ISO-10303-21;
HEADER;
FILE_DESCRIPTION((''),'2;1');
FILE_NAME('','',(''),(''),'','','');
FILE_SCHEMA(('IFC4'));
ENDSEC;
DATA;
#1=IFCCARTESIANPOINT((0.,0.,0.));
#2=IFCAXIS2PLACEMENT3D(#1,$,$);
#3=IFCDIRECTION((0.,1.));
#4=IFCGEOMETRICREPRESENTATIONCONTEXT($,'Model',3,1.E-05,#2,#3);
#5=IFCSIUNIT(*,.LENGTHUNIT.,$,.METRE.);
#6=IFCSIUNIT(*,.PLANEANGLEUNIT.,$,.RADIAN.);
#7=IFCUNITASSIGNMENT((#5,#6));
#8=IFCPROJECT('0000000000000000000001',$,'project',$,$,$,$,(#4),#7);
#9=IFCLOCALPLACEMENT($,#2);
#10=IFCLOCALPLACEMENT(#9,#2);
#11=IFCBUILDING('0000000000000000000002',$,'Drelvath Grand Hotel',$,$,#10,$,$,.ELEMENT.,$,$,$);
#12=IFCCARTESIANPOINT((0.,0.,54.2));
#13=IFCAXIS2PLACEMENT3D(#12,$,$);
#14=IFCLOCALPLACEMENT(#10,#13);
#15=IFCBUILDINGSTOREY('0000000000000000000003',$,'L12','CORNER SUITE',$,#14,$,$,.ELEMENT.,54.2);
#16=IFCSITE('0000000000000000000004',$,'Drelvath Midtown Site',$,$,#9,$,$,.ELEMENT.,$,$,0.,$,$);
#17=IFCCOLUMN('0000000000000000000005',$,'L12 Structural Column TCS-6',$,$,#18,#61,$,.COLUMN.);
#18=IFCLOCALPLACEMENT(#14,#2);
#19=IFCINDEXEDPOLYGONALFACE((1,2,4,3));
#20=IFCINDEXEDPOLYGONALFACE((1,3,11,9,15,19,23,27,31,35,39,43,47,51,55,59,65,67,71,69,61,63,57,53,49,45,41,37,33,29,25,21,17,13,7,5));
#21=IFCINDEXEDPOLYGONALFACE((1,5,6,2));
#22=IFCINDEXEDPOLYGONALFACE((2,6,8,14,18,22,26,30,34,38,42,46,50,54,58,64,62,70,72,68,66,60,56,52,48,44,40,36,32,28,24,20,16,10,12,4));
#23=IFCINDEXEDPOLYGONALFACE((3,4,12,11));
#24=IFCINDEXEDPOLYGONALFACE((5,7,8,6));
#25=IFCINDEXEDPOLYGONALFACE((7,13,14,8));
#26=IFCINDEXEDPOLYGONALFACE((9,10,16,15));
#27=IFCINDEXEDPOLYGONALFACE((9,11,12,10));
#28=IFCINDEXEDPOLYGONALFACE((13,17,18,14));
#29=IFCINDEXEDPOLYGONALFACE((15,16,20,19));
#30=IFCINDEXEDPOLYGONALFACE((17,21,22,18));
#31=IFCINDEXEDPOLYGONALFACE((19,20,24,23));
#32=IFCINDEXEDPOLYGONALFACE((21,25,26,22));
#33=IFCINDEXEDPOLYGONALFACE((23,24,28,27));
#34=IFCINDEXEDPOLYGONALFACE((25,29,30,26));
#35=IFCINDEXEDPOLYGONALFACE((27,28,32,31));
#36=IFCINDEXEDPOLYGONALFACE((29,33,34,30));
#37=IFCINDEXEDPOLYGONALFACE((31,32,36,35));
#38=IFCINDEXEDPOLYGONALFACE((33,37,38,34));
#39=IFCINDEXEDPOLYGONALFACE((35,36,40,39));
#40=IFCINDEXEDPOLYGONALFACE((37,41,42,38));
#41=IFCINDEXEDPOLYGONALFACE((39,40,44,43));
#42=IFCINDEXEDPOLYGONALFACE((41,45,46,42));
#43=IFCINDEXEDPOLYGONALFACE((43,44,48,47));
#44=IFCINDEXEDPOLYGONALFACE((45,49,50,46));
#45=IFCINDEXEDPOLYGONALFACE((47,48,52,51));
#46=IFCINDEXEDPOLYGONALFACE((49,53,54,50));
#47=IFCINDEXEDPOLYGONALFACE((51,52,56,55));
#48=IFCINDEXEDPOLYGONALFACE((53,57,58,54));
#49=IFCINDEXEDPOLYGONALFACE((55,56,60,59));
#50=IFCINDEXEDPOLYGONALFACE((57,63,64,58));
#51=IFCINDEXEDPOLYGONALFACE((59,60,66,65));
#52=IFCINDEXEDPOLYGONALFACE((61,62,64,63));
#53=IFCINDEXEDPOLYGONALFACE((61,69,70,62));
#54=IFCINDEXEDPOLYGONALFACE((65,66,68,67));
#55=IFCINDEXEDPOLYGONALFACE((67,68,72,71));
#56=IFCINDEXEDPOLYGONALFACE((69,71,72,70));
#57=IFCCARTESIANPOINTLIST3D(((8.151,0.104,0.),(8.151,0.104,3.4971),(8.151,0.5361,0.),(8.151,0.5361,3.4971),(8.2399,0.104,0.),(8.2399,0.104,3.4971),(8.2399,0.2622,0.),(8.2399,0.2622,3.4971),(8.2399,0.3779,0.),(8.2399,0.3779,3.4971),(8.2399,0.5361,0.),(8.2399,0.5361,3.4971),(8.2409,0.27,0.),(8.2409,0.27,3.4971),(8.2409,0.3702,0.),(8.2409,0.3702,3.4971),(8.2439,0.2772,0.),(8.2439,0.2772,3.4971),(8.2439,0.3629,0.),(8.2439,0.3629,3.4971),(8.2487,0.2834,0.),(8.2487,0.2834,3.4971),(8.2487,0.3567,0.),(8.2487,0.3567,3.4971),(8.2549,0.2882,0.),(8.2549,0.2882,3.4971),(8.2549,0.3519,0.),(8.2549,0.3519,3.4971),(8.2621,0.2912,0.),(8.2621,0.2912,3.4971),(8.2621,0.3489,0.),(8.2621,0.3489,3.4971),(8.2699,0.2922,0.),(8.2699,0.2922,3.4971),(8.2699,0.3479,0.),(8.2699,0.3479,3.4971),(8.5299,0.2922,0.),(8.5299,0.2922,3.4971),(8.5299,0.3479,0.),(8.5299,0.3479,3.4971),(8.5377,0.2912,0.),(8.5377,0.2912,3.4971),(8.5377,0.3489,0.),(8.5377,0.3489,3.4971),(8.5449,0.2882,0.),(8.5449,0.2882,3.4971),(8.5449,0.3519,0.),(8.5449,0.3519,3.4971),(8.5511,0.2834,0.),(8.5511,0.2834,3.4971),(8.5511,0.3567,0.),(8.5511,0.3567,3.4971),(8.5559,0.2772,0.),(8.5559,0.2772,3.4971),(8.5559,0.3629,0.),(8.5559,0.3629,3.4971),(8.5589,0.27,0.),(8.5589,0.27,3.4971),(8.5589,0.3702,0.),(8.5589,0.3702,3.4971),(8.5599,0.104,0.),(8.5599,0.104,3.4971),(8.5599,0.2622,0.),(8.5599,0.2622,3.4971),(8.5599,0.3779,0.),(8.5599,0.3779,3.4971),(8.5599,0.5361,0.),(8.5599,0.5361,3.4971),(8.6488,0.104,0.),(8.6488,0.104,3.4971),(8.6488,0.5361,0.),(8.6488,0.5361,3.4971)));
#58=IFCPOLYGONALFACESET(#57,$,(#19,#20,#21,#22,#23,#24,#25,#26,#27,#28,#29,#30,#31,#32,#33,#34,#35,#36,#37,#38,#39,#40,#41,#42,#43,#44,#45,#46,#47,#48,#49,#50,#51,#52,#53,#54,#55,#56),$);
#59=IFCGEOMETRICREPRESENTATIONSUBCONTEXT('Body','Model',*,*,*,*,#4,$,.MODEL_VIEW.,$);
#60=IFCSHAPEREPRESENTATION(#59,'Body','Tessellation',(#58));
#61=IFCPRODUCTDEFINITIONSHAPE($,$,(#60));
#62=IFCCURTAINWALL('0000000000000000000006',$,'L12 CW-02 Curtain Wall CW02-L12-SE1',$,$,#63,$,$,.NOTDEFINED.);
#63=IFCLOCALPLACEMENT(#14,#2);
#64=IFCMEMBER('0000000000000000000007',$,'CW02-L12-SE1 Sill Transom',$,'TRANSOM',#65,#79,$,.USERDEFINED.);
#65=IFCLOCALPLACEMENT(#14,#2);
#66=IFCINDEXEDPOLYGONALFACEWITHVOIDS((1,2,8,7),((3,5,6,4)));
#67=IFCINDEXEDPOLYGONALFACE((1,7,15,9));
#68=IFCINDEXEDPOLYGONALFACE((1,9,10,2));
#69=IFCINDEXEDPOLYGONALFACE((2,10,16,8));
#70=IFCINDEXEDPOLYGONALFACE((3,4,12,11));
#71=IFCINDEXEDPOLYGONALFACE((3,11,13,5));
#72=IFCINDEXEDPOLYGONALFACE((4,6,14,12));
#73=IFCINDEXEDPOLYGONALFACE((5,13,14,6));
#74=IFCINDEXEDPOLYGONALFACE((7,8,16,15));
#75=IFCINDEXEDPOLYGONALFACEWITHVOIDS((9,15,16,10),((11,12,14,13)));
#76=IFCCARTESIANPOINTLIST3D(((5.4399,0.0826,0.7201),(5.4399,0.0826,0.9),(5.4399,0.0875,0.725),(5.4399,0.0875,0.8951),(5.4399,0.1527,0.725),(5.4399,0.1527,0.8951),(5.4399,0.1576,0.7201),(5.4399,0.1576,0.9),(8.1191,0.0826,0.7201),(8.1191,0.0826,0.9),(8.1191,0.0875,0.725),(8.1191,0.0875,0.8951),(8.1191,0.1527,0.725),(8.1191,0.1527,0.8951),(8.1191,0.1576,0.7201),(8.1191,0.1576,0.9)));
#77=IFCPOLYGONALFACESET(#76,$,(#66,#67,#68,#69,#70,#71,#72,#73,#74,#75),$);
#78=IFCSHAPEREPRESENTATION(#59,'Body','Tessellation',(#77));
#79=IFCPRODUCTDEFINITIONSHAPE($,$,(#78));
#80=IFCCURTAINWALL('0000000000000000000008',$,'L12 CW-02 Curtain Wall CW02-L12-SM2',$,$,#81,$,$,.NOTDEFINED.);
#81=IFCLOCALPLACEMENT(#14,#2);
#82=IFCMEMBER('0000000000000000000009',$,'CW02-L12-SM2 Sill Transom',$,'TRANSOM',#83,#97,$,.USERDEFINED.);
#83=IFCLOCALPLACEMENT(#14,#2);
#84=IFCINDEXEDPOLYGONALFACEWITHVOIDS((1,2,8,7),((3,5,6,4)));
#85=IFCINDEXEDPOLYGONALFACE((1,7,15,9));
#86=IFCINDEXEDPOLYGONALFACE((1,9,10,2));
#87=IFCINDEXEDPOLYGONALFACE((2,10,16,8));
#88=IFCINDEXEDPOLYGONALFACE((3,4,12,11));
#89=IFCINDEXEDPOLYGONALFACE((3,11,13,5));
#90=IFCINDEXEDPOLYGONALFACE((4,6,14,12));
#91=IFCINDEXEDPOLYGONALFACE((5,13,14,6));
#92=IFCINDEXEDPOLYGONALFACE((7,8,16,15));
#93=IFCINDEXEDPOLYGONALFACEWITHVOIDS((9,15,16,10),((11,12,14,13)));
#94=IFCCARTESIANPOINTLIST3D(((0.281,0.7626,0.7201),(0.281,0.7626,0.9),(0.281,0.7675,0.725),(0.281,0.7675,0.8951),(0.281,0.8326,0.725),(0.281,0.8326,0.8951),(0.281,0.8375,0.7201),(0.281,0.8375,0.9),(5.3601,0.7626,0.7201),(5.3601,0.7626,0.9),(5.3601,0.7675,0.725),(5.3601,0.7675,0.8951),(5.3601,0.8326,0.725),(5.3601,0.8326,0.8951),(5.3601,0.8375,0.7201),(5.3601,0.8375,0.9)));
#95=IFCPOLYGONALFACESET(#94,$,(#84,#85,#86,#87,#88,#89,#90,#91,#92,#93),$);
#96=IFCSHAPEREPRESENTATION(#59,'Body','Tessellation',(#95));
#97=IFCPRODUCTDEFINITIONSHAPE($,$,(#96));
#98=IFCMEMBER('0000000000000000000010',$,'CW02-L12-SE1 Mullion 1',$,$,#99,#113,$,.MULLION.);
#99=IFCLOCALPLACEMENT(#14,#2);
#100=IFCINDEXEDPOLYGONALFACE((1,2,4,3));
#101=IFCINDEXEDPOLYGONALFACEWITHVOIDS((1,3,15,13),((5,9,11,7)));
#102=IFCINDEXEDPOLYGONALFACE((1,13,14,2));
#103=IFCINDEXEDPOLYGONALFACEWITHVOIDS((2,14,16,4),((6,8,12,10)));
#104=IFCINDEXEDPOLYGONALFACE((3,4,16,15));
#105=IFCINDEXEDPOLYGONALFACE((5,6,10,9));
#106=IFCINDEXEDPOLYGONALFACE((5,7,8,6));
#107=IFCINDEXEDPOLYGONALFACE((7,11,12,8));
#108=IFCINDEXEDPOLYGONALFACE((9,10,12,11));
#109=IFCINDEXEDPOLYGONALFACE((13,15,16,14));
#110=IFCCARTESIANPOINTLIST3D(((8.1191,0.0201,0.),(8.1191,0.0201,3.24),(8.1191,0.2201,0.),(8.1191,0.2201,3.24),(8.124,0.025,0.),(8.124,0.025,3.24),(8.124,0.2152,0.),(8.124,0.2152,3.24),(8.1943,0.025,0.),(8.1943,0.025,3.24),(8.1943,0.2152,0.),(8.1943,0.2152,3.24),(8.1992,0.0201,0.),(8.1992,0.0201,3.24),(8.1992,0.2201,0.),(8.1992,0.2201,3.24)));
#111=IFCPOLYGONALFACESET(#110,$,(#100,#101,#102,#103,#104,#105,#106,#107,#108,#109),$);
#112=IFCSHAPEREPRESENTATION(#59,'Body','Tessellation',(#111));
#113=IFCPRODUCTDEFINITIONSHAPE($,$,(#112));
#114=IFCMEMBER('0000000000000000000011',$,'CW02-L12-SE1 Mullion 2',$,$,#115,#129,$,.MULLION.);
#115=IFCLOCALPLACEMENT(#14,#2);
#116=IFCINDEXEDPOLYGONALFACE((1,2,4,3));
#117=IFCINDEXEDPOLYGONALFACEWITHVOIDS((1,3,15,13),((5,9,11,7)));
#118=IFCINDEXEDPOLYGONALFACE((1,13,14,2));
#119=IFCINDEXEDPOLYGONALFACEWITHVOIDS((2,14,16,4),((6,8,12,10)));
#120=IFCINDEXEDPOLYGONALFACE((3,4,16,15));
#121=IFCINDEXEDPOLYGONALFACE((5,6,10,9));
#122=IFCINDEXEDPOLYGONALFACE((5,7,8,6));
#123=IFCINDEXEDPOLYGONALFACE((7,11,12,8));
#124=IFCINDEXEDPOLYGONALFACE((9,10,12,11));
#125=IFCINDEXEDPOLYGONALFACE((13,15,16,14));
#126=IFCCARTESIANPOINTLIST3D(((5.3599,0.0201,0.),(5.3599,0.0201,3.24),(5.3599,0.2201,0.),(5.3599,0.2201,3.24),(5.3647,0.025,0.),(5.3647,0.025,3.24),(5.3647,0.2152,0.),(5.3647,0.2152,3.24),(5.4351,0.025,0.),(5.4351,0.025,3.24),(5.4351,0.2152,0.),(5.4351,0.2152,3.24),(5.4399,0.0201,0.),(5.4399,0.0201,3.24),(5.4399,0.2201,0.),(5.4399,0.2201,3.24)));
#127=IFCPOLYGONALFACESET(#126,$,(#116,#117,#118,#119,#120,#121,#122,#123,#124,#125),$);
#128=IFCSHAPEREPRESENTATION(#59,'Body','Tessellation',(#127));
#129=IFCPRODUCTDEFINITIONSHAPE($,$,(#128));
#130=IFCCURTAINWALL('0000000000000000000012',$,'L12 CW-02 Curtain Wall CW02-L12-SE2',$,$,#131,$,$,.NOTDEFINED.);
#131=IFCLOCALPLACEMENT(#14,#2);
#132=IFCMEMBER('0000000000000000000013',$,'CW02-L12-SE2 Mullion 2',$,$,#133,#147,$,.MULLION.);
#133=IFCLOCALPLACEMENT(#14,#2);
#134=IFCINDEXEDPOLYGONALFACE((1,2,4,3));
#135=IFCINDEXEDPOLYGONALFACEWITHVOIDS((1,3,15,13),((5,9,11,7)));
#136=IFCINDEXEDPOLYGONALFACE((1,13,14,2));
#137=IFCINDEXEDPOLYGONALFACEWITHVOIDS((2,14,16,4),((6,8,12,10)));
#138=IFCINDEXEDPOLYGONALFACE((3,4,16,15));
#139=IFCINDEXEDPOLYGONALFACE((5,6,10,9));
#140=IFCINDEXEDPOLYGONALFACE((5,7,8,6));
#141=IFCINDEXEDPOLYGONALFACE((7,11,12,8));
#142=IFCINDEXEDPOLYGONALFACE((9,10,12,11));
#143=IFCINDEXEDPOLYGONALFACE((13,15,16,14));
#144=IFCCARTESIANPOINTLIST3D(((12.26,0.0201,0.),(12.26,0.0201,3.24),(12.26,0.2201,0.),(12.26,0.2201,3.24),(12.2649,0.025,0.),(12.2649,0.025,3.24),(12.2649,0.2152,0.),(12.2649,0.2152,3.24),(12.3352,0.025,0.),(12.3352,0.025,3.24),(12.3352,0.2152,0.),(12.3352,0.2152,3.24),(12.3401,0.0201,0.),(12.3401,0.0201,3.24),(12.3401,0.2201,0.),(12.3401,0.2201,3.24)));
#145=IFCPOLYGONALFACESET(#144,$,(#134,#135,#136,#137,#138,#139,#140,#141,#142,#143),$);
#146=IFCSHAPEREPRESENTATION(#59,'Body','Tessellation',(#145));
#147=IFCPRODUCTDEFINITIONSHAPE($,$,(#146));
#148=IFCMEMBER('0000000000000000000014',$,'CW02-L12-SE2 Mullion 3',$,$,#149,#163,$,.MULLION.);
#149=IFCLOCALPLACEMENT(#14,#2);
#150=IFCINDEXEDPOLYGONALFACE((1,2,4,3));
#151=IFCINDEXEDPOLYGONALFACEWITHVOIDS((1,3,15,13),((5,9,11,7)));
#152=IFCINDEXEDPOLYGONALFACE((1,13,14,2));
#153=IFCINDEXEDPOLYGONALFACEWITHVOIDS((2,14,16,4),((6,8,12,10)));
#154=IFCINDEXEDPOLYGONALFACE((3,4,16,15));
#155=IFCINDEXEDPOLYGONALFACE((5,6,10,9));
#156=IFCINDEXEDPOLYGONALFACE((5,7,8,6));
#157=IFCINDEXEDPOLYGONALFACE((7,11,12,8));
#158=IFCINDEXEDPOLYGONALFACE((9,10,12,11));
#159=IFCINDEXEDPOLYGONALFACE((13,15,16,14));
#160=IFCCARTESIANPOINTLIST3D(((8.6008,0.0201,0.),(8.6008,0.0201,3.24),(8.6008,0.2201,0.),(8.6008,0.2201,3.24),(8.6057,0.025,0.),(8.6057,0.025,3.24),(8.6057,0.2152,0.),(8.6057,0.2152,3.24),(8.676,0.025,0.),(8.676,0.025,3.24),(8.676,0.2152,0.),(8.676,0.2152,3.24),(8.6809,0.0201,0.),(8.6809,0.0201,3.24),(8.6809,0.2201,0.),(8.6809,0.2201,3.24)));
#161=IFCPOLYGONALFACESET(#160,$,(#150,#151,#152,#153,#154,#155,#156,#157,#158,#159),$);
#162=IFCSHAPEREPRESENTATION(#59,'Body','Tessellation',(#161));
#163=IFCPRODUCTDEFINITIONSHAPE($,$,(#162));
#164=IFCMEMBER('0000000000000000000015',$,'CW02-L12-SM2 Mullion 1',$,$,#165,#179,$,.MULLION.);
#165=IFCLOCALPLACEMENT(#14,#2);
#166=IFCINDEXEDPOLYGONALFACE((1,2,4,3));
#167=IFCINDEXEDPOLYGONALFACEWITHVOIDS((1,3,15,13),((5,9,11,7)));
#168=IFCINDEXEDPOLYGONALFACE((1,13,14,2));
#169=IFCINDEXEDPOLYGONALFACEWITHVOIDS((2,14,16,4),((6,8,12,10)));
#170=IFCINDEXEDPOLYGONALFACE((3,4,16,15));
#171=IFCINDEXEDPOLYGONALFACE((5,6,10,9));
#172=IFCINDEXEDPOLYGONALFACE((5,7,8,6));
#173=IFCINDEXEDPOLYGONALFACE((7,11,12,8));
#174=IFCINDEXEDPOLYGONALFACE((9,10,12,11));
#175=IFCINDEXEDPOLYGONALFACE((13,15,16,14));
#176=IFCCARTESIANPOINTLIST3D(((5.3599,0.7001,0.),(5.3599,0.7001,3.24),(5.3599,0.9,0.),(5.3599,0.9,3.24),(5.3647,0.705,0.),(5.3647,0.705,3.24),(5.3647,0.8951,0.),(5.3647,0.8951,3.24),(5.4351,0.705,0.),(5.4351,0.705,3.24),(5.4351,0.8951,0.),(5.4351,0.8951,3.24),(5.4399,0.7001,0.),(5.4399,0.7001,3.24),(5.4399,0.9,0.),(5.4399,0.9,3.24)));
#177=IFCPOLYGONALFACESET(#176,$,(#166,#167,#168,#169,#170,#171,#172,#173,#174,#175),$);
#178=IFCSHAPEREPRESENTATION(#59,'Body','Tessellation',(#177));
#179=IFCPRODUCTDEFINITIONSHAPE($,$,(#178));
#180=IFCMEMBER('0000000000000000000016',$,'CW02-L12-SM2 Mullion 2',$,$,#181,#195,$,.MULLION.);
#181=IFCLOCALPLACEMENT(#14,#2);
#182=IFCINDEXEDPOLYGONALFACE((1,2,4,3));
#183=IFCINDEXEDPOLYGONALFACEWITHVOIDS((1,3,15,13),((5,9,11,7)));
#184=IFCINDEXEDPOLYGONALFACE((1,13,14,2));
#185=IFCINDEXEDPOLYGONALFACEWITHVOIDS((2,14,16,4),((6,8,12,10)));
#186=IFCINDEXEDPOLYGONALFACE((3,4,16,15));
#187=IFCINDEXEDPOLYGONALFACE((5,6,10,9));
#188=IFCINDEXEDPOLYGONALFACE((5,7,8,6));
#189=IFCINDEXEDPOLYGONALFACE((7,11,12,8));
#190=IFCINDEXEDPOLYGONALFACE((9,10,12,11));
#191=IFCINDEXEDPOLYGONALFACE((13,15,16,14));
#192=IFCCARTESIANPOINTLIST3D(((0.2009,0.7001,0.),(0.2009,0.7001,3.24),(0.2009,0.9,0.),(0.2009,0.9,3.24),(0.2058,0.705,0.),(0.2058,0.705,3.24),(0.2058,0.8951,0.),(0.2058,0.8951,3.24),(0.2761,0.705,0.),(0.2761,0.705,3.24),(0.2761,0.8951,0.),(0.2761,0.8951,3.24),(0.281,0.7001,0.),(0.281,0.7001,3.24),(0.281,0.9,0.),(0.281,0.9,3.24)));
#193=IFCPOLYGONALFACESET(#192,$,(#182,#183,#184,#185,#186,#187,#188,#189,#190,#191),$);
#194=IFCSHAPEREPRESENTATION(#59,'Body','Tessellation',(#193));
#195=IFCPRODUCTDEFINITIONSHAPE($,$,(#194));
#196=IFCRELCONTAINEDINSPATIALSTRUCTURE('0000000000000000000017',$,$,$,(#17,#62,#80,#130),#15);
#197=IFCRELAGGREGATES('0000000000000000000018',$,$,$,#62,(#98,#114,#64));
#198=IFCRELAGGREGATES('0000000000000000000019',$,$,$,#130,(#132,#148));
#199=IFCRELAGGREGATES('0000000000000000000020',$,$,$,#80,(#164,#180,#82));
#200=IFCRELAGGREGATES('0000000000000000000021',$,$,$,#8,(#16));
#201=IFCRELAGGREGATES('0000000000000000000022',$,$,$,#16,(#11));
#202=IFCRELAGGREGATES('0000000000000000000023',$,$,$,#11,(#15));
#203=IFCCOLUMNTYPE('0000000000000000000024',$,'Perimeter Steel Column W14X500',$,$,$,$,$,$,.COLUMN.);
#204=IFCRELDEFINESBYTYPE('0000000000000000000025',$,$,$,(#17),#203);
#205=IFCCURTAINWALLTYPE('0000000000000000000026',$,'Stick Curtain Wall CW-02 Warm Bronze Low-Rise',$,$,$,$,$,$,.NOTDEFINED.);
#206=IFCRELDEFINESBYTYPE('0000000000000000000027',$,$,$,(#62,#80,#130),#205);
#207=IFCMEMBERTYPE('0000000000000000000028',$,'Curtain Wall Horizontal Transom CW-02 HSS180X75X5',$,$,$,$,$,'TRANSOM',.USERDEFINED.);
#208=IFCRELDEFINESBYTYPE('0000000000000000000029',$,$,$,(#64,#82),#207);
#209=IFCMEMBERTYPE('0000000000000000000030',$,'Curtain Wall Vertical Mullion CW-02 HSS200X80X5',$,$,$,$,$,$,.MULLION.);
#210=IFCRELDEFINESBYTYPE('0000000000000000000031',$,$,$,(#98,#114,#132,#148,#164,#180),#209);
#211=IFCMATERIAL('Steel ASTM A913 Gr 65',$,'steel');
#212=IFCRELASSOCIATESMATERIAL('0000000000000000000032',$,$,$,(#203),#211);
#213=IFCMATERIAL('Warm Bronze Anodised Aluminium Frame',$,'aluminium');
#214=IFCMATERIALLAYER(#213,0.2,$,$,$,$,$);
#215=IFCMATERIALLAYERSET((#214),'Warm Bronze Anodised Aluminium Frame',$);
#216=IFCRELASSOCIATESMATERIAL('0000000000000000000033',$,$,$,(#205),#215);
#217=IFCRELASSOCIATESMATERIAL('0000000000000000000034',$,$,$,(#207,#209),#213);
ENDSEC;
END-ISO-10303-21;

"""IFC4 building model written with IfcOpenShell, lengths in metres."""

from ifc_helpers import new_model, si_unit, direction, frame, origin, origin_2d, place, context, subcontext, project, spatial, hollow_rectangle, i_section, extrude, material, layer, layer_set, material_profile, profile_set, type_object, element, aggregate, save


model = new_model("IFC4")

# Units and contexts
model_context = context("Model", 3, precision=1e-05, world=origin(), true_north=direction((0.0, 1.0)))
body_context = subcontext(model_context, "Body", "Model", "MODEL_VIEW")
ifc_project = project(units=[si_unit("LENGTHUNIT", "METRE"), si_unit("PLANEANGLEUNIT", "RADIAN")], contexts=[model_context])

# Site, building, storey
site_placement = place(None, origin())
site = spatial("IfcSite", under=ifc_project, at=site_placement, Name="Drelvath Midtown Site", CompositionType="ELEMENT", RefElevation=0.0)
building_placement = place(site_placement, origin())
building = spatial("IfcBuilding", under=site, at=building_placement, Name="Drelvath Grand Hotel", CompositionType="ELEMENT")
storey_placement = place(building_placement, frame((0.0, 0.0, 54.2)))
storey = spatial("IfcBuildingStorey", under=building, at=storey_placement, Name="L12", Description="CORNER SUITE", CompositionType="ELEMENT", Elevation=54.2)

# Column
ifc_material_1 = material(Name="Steel ASTM A913 Gr 65", Category="steel")
ifc_material_profile_1 = material_profile(ifc_material_1, i_section(OverallWidth=0.4321, OverallDepth=0.4978, WebThickness=0.0557, FlangeThickness=0.0889, FilletRadius=0.03, at=origin_2d()), Name="W14X500")
ifc_profile_set_1 = profile_set([ifc_material_profile_1], Name="Steel ASTM A913 Gr 65")
column_type = type_object("IfcColumnType", Name="Perimeter Steel Column W14X500", PredefinedType="COLUMN", material=ifc_profile_set_1)
column_placement = place(storey_placement, frame((8.3999, 0.3201, 0.0), z_axis=(0.0, 0.0, 1.0), x_axis=(0.0, 1.0, 0.0)))
element("IfcColumn", 1, at=column_placement, inside=storey, type_object=column_type, Name="L12 Structural Column TCS-6", PredefinedType="COLUMN", context=body_context, shape_type="SweptSolid", body=[
    extrude(i_section(OverallWidth=0.4321, OverallDepth=0.4978, WebThickness=0.0557, FlangeThickness=0.0889, FilletRadius=0.03, at=origin_2d()), origin(), (0.0, 0.0, 1.0), 3.4971),
])

# Curtain walls, members
ifc_material_2 = material(Name="Warm Bronze Anodised Aluminium Frame", Category="aluminium")
ifc_layer_1 = layer(ifc_material_2, 0.2)
ifc_layer_set_1 = layer_set([ifc_layer_1], Name="Warm Bronze Anodised Aluminium Frame")
curtain_wall_type = type_object("IfcCurtainWallType", Name="Stick Curtain Wall CW-02 Warm Bronze Low-Rise", PredefinedType="NOTDEFINED", material=ifc_layer_set_1)
curtain_wall_1_placement = place(storey_placement, origin())
curtain_wall_1 = element("IfcCurtainWall", 2, at=curtain_wall_1_placement, inside=storey, type_object=curtain_wall_type, Name="L12 CW-02 Curtain Wall CW02-L12-SE1", PredefinedType="NOTDEFINED")
ifc_material_profile_2 = material_profile(ifc_material_2, hollow_rectangle(XDim=0.075, YDim=0.1799, WallThickness=0.0049, at=origin_2d()), Name="HSS180X75X5")
ifc_profile_set_2 = profile_set([ifc_material_profile_2], Name="Warm Bronze Anodised Aluminium Frame")
member_type_1 = type_object("IfcMemberType", Name="Curtain Wall Horizontal Transom CW-02 HSS180X75X5", ElementType="TRANSOM", PredefinedType="USERDEFINED", material=ifc_profile_set_2)
member_1_placement = place(storey_placement, frame((8.1191, 0.1201, 0.8101), z_axis=(-1.0, 0.0, 0.0), x_axis=(0.0, -1.0, 0.0)))
member_1 = element("IfcMember", 3, at=member_1_placement, type_object=member_type_1, Name="CW02-L12-SE1 Sill Transom", ObjectType="TRANSOM", PredefinedType="USERDEFINED", context=body_context, shape_type="SweptSolid", body=[
    extrude(hollow_rectangle(XDim=0.075, YDim=0.1799, WallThickness=0.0049, at=origin_2d()), origin(), (0.0, 0.0, 1.0), 2.6792),
])
curtain_wall_2_placement = place(storey_placement, origin())
curtain_wall_2 = element("IfcCurtainWall", 4, at=curtain_wall_2_placement, inside=storey, type_object=curtain_wall_type, Name="L12 CW-02 Curtain Wall CW02-L12-SM2", PredefinedType="NOTDEFINED")
member_2_placement = place(storey_placement, frame((5.3601, 0.8, 0.8101), z_axis=(-1.0, 0.0, 0.0), x_axis=(0.0, -1.0, 0.0)))
member_2 = element("IfcMember", 5, at=member_2_placement, type_object=member_type_1, Name="CW02-L12-SM2 Sill Transom", ObjectType="TRANSOM", PredefinedType="USERDEFINED", context=body_context, shape_type="SweptSolid", body=[
    extrude(hollow_rectangle(XDim=0.075, YDim=0.1799, WallThickness=0.0049, at=origin_2d()), origin(), (0.0, 0.0, 1.0), 5.0791),
])

# Members
ifc_material_profile_3 = material_profile(ifc_material_2, hollow_rectangle(XDim=0.0801, YDim=0.2, WallThickness=0.0049, at=origin_2d()), Name="HSS200X80X5")
ifc_profile_set_3 = profile_set([ifc_material_profile_3], Name="Warm Bronze Anodised Aluminium Frame")
member_type_2 = type_object("IfcMemberType", Name="Curtain Wall Vertical Mullion CW-02 HSS200X80X5", PredefinedType="MULLION", material=ifc_profile_set_3)
member_3_placement = place(storey_placement, frame((8.1592, 0.1201, 0.0), z_axis=(0.0, 0.0, 1.0), x_axis=(1.0, 0.0, 0.0)))
member_3 = element("IfcMember", 6, at=member_3_placement, type_object=member_type_2, Name="CW02-L12-SE1 Mullion 1", PredefinedType="MULLION", context=body_context, shape_type="SweptSolid", body=[
    extrude(hollow_rectangle(XDim=0.0801, YDim=0.2, WallThickness=0.0049, at=origin_2d()), origin(), (0.0, 0.0, 1.0), 3.24),
])
member_4_placement = place(storey_placement, frame((5.3999, 0.1201, 0.0), z_axis=(0.0, 0.0, 1.0), x_axis=(1.0, 0.0, 0.0)))
member_4 = element("IfcMember", 7, at=member_4_placement, type_object=member_type_2, Name="CW02-L12-SE1 Mullion 2", PredefinedType="MULLION", context=body_context, shape_type="SweptSolid", body=[
    extrude(hollow_rectangle(XDim=0.0801, YDim=0.2, WallThickness=0.0049, at=origin_2d()), origin(), (0.0, 0.0, 1.0), 3.24),
])

# Curtain wall, members
curtain_wall_3_placement = place(storey_placement, origin())
curtain_wall_3 = element("IfcCurtainWall", 8, at=curtain_wall_3_placement, inside=storey, type_object=curtain_wall_type, Name="L12 CW-02 Curtain Wall CW02-L12-SE2", PredefinedType="NOTDEFINED")
member_5_placement = place(storey_placement, frame((12.3, 0.1201, 0.0), z_axis=(0.0, 0.0, 1.0), x_axis=(1.0, 0.0, 0.0)))
member_5 = element("IfcMember", 9, at=member_5_placement, type_object=member_type_2, Name="CW02-L12-SE2 Mullion 2", PredefinedType="MULLION", context=body_context, shape_type="SweptSolid", body=[
    extrude(hollow_rectangle(XDim=0.0801, YDim=0.2, WallThickness=0.0049, at=origin_2d()), origin(), (0.0, 0.0, 1.0), 3.24),
])
member_6_placement = place(storey_placement, frame((8.6409, 0.1201, 0.0), z_axis=(0.0, 0.0, 1.0), x_axis=(1.0, 0.0, 0.0)))
member_6 = element("IfcMember", 10, at=member_6_placement, type_object=member_type_2, Name="CW02-L12-SE2 Mullion 3", PredefinedType="MULLION", context=body_context, shape_type="SweptSolid", body=[
    extrude(hollow_rectangle(XDim=0.0801, YDim=0.2, WallThickness=0.0049, at=origin_2d()), origin(), (0.0, 0.0, 1.0), 3.24),
])

# Members
member_7_placement = place(storey_placement, frame((5.3999, 0.8, 0.0), z_axis=(0.0, 0.0, 1.0), x_axis=(1.0, 0.0, 0.0)))
member_7 = element("IfcMember", 11, at=member_7_placement, type_object=member_type_2, Name="CW02-L12-SM2 Mullion 1", PredefinedType="MULLION", context=body_context, shape_type="SweptSolid", body=[
    extrude(hollow_rectangle(XDim=0.0801, YDim=0.2, WallThickness=0.0049, at=origin_2d()), origin(), (0.0, 0.0, 1.0), 3.24),
])
member_8_placement = place(storey_placement, frame((0.241, 0.8, 0.0), z_axis=(0.0, 0.0, 1.0), x_axis=(1.0, 0.0, 0.0)))
member_8 = element("IfcMember", 12, at=member_8_placement, type_object=member_type_2, Name="CW02-L12-SM2 Mullion 2", PredefinedType="MULLION", context=body_context, shape_type="SweptSolid", body=[
    extrude(hollow_rectangle(XDim=0.0801, YDim=0.2, WallThickness=0.0049, at=origin_2d()), origin(), (0.0, 0.0, 1.0), 3.24),
])

aggregate(curtain_wall_1, [member_3, member_4, member_1])
aggregate(curtain_wall_3, [member_5, member_6])
aggregate(curtain_wall_2, [member_7, member_8, member_2])

save(model, "model.ifc")
